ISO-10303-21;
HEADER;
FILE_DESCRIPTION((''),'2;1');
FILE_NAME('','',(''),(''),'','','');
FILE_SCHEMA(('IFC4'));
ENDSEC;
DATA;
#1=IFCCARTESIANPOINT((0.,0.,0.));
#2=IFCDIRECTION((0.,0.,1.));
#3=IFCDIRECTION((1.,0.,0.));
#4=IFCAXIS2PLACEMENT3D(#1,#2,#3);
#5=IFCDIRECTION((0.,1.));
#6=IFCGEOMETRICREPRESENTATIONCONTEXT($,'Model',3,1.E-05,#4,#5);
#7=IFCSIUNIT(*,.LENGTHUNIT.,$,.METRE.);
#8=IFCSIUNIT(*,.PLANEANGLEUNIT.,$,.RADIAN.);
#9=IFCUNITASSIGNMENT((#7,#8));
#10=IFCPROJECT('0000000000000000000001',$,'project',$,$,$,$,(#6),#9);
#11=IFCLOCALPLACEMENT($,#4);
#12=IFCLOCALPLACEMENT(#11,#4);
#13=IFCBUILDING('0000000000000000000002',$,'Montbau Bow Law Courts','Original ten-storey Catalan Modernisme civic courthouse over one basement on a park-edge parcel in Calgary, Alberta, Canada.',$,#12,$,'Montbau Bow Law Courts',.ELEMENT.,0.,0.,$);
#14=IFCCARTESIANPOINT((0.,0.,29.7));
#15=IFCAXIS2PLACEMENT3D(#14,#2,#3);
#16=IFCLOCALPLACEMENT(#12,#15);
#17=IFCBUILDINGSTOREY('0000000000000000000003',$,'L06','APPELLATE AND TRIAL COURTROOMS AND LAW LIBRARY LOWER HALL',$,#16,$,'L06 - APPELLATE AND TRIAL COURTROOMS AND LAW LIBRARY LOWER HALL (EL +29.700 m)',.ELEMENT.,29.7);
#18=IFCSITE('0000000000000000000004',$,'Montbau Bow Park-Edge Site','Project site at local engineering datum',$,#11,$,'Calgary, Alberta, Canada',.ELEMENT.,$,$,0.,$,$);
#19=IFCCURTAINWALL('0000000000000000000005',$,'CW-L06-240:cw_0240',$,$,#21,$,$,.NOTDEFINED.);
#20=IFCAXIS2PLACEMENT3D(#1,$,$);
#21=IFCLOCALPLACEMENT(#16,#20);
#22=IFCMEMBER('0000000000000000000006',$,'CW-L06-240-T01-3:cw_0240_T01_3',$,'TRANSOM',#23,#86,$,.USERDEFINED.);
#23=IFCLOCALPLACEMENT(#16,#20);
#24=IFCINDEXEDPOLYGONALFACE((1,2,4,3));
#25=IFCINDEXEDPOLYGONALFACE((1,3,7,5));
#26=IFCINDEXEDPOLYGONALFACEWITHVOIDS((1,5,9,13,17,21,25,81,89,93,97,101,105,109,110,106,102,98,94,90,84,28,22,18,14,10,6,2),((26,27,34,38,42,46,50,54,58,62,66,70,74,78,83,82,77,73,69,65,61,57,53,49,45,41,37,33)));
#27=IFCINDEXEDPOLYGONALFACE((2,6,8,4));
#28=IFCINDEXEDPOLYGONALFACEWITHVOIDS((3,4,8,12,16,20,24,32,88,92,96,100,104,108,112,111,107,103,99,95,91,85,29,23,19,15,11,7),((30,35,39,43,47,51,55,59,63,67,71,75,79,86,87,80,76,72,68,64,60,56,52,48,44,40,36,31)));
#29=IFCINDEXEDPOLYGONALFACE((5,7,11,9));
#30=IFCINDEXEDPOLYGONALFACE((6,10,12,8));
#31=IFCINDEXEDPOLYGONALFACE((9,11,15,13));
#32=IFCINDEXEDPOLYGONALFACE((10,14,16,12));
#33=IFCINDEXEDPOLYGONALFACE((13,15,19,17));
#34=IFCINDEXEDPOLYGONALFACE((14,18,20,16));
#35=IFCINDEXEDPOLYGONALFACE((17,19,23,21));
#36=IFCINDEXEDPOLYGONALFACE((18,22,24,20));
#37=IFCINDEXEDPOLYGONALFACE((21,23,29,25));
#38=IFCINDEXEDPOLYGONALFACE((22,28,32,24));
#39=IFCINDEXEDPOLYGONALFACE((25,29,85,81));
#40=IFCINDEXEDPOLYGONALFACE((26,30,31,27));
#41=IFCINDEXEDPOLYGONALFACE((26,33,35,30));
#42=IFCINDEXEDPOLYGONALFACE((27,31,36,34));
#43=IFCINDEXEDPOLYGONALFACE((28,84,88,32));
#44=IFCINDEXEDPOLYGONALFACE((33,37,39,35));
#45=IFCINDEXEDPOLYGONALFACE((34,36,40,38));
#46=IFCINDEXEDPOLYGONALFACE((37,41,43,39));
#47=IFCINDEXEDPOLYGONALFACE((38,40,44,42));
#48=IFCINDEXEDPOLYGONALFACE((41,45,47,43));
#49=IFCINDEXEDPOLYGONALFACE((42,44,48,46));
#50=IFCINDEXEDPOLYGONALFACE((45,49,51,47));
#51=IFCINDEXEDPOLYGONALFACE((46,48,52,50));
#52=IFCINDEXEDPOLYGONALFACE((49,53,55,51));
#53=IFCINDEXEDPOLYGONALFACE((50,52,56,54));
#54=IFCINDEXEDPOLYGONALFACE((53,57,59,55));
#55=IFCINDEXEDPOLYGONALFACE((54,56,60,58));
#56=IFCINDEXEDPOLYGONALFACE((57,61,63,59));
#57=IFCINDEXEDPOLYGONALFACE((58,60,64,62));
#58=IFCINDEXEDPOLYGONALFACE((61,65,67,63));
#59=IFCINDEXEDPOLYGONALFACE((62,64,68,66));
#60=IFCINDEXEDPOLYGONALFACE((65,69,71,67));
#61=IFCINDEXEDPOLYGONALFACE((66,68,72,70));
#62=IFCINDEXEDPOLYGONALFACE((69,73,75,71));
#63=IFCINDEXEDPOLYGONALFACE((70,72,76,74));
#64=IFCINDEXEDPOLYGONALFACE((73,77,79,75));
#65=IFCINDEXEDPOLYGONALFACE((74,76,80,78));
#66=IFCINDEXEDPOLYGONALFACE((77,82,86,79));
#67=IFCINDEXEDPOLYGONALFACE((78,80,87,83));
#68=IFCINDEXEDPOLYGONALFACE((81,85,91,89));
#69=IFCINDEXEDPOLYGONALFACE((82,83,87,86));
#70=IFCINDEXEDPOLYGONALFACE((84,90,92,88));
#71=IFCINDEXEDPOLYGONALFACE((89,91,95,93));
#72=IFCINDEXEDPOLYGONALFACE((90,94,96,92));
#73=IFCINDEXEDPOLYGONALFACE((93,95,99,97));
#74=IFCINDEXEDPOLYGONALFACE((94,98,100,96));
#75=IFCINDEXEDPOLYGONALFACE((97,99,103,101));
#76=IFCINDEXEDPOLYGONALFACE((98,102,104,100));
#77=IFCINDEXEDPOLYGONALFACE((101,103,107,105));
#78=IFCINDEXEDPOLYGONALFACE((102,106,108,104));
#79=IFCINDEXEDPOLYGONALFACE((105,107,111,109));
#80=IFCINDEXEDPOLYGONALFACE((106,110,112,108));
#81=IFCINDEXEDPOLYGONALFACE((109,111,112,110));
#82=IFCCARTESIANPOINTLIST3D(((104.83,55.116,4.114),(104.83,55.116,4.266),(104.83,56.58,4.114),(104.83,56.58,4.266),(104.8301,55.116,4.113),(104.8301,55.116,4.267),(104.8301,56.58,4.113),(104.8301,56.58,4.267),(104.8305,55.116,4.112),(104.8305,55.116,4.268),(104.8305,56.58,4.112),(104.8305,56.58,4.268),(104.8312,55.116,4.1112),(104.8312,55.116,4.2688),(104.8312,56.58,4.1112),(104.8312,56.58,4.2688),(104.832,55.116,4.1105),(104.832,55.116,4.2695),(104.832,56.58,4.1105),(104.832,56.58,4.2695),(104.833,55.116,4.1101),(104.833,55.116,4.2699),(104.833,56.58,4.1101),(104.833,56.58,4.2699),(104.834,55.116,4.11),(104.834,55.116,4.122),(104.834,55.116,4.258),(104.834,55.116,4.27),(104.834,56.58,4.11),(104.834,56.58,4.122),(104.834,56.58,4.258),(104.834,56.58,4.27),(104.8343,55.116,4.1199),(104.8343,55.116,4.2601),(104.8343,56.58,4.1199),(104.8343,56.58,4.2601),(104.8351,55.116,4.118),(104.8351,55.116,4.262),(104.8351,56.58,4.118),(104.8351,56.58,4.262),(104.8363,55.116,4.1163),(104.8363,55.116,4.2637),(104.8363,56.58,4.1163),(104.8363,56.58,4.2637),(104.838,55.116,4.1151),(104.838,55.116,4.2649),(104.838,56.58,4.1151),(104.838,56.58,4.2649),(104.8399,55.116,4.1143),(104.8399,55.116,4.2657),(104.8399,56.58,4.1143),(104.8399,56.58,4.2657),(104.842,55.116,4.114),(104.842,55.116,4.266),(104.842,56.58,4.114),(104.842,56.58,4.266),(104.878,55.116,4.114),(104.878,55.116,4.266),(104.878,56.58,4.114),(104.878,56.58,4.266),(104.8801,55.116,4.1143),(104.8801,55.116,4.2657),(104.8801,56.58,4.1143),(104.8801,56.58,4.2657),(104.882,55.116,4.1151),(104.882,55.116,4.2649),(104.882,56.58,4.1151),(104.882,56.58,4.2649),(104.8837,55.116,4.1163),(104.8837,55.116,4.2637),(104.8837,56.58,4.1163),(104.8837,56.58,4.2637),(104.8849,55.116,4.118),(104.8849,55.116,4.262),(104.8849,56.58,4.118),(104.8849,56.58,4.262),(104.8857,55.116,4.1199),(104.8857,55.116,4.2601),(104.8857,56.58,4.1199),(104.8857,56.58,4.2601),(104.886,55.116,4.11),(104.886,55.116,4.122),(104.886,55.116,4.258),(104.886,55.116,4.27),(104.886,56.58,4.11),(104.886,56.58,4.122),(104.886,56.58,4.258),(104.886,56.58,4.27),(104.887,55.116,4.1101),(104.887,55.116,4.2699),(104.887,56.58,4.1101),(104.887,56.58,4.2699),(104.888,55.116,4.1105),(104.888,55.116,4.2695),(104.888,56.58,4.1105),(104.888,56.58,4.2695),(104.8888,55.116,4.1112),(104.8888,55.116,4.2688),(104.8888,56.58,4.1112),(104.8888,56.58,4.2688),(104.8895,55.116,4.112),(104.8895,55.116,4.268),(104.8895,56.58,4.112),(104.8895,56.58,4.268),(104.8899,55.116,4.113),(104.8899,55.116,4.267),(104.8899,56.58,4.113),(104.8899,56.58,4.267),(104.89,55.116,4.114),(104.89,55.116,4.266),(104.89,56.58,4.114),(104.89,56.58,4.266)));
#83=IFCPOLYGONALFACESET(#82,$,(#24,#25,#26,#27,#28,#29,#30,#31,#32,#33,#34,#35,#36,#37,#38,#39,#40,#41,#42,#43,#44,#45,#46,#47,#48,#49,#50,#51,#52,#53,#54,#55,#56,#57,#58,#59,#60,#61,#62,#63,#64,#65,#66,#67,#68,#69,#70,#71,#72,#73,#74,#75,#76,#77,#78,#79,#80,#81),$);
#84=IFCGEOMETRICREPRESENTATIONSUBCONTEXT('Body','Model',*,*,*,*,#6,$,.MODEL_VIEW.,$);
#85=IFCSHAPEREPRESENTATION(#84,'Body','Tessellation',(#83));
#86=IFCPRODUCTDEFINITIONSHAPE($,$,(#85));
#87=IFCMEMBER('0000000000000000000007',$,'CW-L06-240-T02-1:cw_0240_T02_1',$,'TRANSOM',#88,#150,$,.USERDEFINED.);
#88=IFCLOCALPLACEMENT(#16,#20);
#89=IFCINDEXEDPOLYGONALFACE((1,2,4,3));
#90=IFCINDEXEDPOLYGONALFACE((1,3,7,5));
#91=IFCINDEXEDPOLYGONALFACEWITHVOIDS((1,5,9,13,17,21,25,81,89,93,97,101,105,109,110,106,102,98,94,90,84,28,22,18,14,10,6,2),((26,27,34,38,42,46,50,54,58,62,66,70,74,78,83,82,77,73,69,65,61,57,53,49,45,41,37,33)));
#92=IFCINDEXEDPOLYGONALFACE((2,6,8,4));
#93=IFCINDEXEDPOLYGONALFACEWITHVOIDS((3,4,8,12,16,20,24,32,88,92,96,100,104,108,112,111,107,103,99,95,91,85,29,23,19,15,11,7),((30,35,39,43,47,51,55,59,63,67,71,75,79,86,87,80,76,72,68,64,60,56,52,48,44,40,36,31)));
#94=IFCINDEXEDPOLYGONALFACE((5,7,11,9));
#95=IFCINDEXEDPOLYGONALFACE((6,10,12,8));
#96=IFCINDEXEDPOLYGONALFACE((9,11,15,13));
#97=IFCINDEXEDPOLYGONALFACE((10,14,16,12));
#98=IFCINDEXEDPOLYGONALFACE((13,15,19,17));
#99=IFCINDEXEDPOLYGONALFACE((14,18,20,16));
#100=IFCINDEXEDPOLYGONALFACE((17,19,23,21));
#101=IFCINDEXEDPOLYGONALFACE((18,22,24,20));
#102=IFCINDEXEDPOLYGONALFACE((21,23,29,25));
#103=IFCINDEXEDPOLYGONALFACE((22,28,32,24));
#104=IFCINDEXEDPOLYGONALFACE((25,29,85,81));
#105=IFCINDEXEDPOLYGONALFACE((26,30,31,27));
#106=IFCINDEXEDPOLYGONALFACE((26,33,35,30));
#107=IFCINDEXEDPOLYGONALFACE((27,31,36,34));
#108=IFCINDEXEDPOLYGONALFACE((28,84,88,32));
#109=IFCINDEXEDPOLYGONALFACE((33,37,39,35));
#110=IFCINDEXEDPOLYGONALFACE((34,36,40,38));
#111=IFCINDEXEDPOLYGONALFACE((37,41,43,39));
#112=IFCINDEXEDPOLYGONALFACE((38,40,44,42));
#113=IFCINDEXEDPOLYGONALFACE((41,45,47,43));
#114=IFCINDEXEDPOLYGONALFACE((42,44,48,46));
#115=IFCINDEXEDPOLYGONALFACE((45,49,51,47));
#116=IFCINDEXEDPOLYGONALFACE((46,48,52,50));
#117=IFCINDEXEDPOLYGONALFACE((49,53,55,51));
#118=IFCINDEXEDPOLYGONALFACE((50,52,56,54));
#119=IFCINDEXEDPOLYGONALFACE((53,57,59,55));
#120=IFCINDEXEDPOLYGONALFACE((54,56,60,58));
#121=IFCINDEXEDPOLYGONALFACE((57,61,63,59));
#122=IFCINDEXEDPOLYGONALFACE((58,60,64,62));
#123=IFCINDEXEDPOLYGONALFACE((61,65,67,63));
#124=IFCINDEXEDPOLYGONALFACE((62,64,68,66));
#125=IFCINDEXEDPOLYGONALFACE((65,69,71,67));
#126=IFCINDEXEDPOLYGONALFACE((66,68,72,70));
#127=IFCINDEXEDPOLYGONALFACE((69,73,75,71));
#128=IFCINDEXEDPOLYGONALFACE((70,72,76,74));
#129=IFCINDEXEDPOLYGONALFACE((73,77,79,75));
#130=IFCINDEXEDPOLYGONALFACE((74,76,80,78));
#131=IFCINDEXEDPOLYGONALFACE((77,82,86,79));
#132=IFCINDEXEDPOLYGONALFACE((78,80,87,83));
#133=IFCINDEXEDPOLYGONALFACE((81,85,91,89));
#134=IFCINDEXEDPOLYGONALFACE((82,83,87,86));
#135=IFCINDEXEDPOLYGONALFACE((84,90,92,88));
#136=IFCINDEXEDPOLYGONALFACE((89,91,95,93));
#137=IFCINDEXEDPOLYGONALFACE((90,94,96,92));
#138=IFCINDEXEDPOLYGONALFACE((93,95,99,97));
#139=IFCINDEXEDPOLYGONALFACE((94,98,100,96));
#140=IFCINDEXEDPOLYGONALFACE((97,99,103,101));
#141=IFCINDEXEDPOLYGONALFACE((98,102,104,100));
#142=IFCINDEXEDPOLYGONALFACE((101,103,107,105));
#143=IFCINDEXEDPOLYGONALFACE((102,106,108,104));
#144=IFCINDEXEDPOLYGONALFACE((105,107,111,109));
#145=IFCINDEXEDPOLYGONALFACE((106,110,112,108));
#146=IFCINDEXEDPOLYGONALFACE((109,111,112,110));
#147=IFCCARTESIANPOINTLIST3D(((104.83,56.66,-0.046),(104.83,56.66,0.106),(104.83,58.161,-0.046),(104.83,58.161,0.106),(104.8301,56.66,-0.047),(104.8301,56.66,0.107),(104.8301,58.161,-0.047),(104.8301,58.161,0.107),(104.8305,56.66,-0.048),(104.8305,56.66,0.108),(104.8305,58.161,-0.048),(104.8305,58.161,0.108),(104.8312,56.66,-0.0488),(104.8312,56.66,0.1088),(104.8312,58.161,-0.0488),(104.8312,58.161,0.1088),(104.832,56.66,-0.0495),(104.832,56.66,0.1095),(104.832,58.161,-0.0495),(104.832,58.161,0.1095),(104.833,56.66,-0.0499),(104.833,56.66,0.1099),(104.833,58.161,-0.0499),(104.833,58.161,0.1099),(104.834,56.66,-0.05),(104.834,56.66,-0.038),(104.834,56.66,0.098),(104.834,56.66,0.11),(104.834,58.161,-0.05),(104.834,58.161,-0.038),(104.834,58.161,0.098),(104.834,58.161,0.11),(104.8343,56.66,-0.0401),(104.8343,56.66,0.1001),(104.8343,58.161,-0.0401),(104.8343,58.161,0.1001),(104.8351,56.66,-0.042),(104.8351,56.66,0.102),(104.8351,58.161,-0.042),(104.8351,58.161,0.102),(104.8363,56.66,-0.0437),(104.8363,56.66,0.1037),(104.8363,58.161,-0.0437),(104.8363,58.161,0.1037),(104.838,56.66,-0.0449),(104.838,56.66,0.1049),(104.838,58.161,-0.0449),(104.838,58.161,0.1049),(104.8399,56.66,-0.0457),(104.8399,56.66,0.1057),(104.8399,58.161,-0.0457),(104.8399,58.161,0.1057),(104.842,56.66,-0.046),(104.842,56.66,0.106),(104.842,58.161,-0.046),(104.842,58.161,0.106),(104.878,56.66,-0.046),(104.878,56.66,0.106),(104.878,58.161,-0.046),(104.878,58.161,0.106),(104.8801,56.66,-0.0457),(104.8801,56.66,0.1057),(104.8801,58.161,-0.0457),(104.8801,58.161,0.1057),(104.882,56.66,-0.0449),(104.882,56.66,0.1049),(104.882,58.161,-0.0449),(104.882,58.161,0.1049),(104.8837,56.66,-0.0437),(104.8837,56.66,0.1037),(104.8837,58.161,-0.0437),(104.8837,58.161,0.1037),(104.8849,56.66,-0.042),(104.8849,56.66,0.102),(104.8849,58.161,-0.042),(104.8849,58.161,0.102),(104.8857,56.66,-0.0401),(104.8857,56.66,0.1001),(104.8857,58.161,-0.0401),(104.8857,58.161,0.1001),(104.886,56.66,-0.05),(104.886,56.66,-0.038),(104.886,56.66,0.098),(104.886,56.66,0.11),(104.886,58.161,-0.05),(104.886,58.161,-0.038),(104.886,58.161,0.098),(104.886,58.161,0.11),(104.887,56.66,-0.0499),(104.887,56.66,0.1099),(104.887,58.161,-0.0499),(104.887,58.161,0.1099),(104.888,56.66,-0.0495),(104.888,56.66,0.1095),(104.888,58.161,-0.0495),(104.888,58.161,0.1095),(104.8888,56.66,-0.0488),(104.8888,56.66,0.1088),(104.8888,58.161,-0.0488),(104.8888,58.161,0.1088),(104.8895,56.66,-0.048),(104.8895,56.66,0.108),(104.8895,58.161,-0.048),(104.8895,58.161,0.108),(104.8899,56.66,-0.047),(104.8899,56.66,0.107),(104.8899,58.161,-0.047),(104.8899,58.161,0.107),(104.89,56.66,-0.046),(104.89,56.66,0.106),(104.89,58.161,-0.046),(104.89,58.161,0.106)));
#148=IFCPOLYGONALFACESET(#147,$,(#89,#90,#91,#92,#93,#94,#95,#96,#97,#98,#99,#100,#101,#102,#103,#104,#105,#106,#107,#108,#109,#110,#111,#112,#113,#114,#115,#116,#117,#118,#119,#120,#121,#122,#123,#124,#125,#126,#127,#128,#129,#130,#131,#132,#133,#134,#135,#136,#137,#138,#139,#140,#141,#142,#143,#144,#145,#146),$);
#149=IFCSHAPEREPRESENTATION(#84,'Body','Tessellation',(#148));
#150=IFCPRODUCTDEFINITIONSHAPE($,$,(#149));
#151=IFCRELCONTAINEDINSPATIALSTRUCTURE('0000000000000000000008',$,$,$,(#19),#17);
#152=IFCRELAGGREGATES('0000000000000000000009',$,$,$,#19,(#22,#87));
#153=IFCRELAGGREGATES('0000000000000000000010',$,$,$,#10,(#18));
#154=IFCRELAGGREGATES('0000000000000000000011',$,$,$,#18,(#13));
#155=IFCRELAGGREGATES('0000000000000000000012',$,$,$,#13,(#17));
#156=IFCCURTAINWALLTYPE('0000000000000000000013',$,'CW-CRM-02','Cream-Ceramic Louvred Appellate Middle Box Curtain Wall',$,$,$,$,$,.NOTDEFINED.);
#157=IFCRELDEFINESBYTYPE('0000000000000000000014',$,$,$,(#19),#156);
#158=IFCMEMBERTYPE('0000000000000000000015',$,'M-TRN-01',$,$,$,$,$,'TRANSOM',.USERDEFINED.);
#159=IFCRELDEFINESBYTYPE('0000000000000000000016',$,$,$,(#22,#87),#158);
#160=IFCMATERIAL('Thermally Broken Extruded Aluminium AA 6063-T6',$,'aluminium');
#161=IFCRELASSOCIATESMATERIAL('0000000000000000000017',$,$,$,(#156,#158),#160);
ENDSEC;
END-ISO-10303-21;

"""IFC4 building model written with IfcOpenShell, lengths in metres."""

from ifc_helpers import new_model, si_unit, direction, frame, origin_with_axes, origin_2d_with_axis, place, context, subcontext, project, spatial, hollow_rectangle, extrude, material, material_profile, profile_set, type_object, element, aggregate, save


model = new_model("IFC4")

# Units and contexts
model_context = context("Model", 3, precision=1e-05, world=origin_with_axes(), true_north=direction((0.0, 1.0)))
body_context = subcontext(model_context, "Body", "Model", "MODEL_VIEW")
ifc_project = project(units=[si_unit("LENGTHUNIT", "METRE"), si_unit("PLANEANGLEUNIT", "RADIAN")], contexts=[model_context])

# Site, building, storey
site_placement = place(None, origin_with_axes())
site = spatial("IfcSite", under=ifc_project, at=site_placement, Name="Montbau Bow Park-Edge Site", Description="Project site at local engineering datum", LongName="Calgary, Alberta, Canada", CompositionType="ELEMENT", RefElevation=0.0)
building_placement = place(site_placement, origin_with_axes())
building = spatial("IfcBuilding", under=site, at=building_placement, Name="Montbau Bow Law Courts", Description="Original ten-storey Catalan Modernisme civic courthouse over one basement on a park-edge parcel in Calgary, Alberta, Canada.", LongName="Montbau Bow Law Courts", CompositionType="ELEMENT", ElevationOfRefHeight=0.0, ElevationOfTerrain=0.0)
storey_placement = place(building_placement, frame((0.0, 0.0, 29.7), z_axis=(0.0, 0.0, 1.0), x_axis=(1.0, 0.0, 0.0)))
storey = spatial("IfcBuildingStorey", under=building, at=storey_placement, Name="L06", Description="APPELLATE AND TRIAL COURTROOMS AND LAW LIBRARY LOWER HALL", LongName="L06 - APPELLATE AND TRIAL COURTROOMS AND LAW LIBRARY LOWER HALL (EL +29.700 m)", CompositionType="ELEMENT", Elevation=29.7)

# Curtain wall
ifc_material_1 = material(Name="Thermally Broken Extruded Aluminium AA 6063-T6", Category="aluminium")
curtain_wall_type = type_object("IfcCurtainWallType", Name="CW-CRM-02", Description="Cream-Ceramic Louvred Appellate Middle Box Curtain Wall", PredefinedType="NOTDEFINED", material=ifc_material_1)
curtain_wall_1_placement = place(None, frame((104.86, 55.04, 29.7), z_axis=(0.0, 0.0, 1.0), x_axis=(1.0, 0.0, 0.0)))
curtain_wall_1 = element("IfcCurtainWall", 1, at=curtain_wall_1_placement, inside=storey, type_object=curtain_wall_type, Name="CW-L06-240:cw_0240", PredefinedType="NOTDEFINED")

# Members
ifc_material_profile_1 = material_profile(ifc_material_1, hollow_rectangle(XDim=0.06, YDim=0.16, WallThickness=0.004, InnerFilletRadius=0.008, OuterFilletRadius=0.004, at=origin_2d_with_axis()), Name="CWT-160X60", Category="Main", Priority=0)
ifc_profile_set_1 = profile_set([ifc_material_profile_1], Name="Thermally Broken Extruded Aluminium AA 6063-T6")
member_type_1 = type_object("IfcMemberType", Name="M-TRN-01", ElementType="TRANSOM", PredefinedType="USERDEFINED", material=ifc_profile_set_1)
member_1_placement = place(None, frame((104.86, 55.116, 33.89), z_axis=(0.0, 1.0, 0.0), x_axis=(-1.0, 0.0, 0.0)))
member_1 = element("IfcMember", 2, at=member_1_placement, type_object=member_type_1, Name="CW-L06-240-T01-3:cw_0240_T01_3", ObjectType="TRANSOM", PredefinedType="USERDEFINED", context=body_context, shape_type="SweptSolid", body=[
    extrude(hollow_rectangle(XDim=0.06, YDim=0.16, WallThickness=0.004, InnerFilletRadius=0.008, OuterFilletRadius=0.004, at=origin_2d_with_axis()), origin_with_axes(), (0.0, 0.0, 1.0), 1.464),
])
member_2_placement = place(None, frame((104.86, 56.66, 29.73), z_axis=(0.0, 1.0, 0.0), x_axis=(-1.0, 0.0, 0.0)))
member_2 = element("IfcMember", 3, at=member_2_placement, type_object=member_type_1, Name="CW-L06-240-T02-1:cw_0240_T02_1", ObjectType="TRANSOM", PredefinedType="USERDEFINED", context=body_context, shape_type="SweptSolid", body=[
    extrude(hollow_rectangle(XDim=0.06, YDim=0.16, WallThickness=0.004, InnerFilletRadius=0.008, OuterFilletRadius=0.004, at=origin_2d_with_axis()), origin_with_axes(), (0.0, 0.0, 1.0), 1.501),
])

aggregate(curtain_wall_1, [member_1, member_2])

save(model, "model.ifc")
